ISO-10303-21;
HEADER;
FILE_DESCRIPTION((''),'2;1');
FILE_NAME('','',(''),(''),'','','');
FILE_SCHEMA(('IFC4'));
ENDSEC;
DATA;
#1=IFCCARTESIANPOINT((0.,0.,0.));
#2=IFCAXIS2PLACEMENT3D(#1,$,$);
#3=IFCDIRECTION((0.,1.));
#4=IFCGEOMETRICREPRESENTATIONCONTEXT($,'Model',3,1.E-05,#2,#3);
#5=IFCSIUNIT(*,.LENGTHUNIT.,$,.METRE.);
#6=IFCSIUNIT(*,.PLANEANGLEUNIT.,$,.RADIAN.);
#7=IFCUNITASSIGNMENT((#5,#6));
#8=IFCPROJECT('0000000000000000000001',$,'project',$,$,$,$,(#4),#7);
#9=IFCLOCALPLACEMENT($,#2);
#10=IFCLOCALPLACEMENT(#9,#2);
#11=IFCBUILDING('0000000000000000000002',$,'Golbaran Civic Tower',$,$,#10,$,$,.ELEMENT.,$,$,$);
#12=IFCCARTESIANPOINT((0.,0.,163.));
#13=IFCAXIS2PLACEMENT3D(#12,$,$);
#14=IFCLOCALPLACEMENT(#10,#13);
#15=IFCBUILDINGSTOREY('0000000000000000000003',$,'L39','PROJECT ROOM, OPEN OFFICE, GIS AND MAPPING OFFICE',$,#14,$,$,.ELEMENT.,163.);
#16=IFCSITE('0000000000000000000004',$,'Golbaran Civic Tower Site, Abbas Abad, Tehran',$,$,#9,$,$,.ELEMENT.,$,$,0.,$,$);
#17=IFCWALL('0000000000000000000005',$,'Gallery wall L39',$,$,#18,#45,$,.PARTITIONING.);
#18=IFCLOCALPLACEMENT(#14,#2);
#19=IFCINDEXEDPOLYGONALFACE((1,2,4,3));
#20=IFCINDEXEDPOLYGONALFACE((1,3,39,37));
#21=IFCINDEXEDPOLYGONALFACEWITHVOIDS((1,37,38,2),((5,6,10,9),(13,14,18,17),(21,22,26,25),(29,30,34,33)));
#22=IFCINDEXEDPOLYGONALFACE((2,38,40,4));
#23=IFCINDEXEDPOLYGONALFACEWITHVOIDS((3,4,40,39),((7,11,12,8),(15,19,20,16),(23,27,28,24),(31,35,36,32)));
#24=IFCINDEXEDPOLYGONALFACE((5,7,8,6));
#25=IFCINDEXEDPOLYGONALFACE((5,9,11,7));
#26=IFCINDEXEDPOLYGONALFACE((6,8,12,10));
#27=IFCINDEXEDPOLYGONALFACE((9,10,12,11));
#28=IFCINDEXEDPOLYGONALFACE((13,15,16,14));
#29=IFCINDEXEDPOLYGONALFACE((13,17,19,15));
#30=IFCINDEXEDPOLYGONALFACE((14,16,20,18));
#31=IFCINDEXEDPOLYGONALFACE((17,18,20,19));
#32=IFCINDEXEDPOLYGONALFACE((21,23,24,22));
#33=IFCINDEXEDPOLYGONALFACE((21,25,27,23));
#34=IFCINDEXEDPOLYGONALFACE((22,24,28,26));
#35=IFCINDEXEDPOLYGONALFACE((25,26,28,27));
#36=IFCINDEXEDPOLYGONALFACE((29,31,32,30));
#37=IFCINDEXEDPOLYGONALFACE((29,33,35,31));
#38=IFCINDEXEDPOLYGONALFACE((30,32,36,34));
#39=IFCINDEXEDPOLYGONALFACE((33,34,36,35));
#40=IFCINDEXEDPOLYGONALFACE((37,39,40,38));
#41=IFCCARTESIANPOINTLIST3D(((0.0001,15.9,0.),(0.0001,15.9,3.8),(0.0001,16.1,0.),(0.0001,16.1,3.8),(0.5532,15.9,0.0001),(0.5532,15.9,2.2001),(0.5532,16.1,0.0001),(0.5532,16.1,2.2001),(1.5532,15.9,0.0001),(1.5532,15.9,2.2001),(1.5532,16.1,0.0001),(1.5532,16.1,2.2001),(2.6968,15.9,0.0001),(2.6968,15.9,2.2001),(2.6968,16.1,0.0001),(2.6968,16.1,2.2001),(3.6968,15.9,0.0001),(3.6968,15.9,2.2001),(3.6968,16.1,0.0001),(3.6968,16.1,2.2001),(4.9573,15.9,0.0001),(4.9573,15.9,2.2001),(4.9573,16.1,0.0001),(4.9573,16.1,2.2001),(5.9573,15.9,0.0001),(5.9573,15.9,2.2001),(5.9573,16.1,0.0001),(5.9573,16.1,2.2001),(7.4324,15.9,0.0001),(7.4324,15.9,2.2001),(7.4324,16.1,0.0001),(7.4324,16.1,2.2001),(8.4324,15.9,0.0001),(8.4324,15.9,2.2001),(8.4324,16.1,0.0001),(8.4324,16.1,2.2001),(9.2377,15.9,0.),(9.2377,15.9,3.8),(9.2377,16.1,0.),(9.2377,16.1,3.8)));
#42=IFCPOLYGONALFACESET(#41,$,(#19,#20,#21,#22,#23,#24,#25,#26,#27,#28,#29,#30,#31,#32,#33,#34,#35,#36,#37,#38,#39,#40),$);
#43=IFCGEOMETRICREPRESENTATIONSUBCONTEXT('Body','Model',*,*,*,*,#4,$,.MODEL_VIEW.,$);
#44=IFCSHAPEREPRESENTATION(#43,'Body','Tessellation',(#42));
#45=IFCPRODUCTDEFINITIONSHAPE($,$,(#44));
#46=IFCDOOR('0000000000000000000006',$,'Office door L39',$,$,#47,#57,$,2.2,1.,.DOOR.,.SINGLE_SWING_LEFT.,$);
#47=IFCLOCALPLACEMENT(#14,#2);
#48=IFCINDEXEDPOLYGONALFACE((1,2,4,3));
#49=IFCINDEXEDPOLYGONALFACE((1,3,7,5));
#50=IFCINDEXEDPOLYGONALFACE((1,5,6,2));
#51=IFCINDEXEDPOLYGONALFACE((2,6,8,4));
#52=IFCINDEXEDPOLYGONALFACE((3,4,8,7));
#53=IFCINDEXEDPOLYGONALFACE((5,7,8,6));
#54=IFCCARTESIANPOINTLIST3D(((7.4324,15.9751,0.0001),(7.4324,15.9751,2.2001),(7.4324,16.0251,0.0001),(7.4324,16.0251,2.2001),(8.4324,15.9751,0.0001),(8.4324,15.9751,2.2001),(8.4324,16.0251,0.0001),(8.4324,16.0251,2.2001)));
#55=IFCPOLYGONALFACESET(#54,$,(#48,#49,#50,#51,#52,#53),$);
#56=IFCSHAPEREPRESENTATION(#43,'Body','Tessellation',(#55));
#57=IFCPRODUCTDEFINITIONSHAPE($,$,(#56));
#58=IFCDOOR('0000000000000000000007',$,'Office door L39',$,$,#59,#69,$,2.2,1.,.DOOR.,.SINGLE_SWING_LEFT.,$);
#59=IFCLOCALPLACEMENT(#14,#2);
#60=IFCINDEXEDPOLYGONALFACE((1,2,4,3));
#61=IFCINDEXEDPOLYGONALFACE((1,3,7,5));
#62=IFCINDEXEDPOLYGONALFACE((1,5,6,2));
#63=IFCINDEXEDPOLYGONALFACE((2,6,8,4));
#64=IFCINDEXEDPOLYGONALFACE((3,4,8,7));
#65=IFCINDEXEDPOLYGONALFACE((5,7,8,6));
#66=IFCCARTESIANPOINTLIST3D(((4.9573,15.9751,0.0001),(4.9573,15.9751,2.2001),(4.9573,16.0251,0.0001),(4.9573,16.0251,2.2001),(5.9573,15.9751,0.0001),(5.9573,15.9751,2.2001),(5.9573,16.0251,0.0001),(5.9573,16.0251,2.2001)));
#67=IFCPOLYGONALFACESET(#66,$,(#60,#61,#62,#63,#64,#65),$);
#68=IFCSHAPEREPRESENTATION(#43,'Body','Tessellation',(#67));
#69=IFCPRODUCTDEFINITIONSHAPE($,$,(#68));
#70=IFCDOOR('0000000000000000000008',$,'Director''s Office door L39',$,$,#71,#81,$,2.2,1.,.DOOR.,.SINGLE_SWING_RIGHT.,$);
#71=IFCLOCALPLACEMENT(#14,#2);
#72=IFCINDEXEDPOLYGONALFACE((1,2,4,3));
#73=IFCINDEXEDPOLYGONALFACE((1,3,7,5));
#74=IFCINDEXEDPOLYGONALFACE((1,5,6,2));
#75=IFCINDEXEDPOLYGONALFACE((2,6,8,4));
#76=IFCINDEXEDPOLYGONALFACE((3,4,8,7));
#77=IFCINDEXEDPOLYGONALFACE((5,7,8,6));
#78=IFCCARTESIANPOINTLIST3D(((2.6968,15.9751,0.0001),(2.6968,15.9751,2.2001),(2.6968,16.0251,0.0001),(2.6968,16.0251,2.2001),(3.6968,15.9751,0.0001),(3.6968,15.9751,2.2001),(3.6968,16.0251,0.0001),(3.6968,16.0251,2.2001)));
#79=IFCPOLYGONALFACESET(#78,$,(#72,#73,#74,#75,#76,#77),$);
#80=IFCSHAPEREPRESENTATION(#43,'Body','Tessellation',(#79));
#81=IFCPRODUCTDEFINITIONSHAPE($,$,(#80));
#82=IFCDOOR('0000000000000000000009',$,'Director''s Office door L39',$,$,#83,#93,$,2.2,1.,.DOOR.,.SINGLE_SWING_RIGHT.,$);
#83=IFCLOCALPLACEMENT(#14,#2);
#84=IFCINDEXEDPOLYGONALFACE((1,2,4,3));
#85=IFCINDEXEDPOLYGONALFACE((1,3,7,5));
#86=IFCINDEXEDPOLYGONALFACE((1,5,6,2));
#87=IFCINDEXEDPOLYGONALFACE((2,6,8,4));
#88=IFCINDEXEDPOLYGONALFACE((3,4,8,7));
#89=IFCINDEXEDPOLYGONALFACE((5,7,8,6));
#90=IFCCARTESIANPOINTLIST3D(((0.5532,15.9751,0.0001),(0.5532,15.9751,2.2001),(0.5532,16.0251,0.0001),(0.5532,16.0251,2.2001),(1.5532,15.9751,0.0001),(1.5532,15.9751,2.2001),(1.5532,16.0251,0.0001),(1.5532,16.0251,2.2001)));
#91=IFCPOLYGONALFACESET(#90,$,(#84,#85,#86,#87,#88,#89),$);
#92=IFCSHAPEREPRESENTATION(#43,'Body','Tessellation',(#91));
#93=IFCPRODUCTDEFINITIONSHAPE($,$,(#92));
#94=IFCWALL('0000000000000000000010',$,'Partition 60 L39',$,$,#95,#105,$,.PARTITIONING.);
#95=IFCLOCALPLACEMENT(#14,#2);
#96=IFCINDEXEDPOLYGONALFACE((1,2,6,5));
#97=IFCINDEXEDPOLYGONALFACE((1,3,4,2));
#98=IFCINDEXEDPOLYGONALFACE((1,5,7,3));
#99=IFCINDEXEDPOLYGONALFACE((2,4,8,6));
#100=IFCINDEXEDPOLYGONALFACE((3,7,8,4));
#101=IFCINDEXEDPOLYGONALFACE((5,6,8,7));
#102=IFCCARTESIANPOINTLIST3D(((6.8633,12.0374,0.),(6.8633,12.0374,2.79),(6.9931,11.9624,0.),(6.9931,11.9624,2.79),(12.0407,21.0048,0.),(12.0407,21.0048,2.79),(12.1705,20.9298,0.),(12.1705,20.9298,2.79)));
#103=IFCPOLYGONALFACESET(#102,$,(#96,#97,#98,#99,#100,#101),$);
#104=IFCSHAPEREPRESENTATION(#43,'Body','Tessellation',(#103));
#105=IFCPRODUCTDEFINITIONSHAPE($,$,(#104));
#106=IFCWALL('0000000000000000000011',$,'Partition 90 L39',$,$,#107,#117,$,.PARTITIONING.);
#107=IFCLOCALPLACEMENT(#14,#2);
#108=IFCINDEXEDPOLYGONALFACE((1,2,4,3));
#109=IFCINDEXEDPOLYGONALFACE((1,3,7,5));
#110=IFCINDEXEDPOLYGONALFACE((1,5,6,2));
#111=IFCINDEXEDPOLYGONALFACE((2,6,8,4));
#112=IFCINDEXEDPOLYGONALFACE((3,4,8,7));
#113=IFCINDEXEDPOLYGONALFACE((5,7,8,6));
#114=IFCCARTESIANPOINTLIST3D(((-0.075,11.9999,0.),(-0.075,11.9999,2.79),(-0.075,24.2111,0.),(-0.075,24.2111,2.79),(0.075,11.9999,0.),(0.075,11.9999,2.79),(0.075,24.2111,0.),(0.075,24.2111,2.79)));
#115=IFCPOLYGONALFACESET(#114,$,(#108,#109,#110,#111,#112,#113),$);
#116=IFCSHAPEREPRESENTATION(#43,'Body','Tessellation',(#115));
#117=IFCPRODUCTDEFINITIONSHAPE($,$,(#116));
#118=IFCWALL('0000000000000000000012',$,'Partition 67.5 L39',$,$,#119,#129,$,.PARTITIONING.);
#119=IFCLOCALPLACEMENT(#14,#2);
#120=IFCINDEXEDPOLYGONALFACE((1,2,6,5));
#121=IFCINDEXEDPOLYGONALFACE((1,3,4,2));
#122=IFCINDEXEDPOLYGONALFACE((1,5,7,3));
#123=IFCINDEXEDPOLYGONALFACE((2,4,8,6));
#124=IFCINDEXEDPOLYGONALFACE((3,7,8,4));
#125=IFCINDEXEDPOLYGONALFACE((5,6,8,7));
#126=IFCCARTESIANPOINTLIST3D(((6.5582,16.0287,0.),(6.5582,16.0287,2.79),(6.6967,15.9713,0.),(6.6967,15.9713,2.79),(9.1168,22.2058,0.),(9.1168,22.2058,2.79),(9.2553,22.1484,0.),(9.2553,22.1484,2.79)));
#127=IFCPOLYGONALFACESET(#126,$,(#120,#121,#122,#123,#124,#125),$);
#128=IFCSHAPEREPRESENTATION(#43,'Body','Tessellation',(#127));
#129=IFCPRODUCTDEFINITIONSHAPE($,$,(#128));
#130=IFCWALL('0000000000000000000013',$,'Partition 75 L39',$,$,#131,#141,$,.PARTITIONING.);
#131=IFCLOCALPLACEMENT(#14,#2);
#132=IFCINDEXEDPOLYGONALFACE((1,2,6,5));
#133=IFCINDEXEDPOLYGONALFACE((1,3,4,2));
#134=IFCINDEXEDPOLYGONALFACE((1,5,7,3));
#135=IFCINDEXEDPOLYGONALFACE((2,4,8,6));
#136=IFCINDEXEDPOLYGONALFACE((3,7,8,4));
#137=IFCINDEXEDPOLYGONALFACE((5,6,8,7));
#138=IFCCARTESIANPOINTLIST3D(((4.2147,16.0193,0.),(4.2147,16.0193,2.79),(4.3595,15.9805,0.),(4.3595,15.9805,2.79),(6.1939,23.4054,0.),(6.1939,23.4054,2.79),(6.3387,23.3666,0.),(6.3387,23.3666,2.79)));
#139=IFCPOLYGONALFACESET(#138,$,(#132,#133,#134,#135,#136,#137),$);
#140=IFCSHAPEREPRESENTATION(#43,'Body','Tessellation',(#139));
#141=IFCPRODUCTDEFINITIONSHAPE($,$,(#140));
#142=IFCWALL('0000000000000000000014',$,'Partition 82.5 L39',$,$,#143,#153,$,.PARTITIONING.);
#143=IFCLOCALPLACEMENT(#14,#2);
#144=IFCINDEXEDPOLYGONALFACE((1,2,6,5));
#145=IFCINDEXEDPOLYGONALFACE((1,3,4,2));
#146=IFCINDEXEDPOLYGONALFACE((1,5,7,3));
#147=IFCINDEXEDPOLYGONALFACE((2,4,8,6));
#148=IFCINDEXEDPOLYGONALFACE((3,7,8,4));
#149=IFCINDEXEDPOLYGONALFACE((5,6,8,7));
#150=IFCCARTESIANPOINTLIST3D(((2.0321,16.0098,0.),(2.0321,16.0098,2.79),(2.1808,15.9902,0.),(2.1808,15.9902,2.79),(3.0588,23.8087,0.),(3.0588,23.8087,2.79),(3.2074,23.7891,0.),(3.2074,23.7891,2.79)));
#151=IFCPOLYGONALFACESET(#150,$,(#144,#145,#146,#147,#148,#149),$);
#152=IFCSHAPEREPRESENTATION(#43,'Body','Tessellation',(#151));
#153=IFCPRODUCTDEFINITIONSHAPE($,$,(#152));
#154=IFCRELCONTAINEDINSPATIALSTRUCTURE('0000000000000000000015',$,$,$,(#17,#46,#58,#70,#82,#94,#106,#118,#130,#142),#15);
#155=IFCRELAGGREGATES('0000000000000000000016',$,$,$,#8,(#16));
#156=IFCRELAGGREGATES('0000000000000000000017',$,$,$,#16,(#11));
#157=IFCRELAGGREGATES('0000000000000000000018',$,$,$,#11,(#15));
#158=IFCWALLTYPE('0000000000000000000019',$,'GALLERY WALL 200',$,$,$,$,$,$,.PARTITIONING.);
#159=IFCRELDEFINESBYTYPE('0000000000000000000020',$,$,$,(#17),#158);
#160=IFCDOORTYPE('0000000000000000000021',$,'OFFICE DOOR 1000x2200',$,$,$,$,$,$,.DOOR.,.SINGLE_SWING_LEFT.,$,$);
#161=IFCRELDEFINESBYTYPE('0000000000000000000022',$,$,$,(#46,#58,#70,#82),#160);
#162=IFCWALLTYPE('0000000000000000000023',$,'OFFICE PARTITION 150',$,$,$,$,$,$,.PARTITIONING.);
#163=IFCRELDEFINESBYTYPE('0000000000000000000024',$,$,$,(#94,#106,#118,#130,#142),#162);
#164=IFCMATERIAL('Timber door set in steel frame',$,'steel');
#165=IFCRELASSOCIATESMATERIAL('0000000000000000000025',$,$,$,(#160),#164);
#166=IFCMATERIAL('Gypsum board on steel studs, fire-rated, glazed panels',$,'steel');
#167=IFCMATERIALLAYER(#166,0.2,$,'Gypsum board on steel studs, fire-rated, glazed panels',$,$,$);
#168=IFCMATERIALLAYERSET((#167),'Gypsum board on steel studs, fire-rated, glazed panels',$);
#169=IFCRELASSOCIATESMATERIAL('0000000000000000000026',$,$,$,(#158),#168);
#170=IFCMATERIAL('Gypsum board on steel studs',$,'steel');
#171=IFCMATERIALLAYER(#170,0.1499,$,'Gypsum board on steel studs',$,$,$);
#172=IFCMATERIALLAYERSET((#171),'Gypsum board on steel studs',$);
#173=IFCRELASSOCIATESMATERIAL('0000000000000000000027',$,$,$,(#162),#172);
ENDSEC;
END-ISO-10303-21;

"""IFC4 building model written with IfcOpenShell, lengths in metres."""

from ifc_helpers import new_model, si_unit, direction, frame, frame_2d, origin, place, context, subcontext, project, spatial, rectangle, extrude, material, layer, layer_set, type_object, element, fill, save


model = new_model("IFC4")

# Units and contexts
model_context = context("Model", 3, precision=1e-05, world=origin(), true_north=direction((0.0, 1.0)))
body_context = subcontext(model_context, "Body", "Model", "MODEL_VIEW")
ifc_project = project(units=[si_unit("LENGTHUNIT", "METRE"), si_unit("PLANEANGLEUNIT", "RADIAN")], contexts=[model_context])

# Site, building, storey
site_placement = place(None, origin())
site = spatial("IfcSite", under=ifc_project, at=site_placement, Name="Golbaran Civic Tower Site, Abbas Abad, Tehran", CompositionType="ELEMENT", RefElevation=0.0)
building_placement = place(site_placement, origin())
building = spatial("IfcBuilding", under=site, at=building_placement, Name="Golbaran Civic Tower", CompositionType="ELEMENT")
storey_placement = place(building_placement, frame((0.0, 0.0, 163.0)))
storey = spatial("IfcBuildingStorey", under=building, at=storey_placement, Name="L39", Description="PROJECT ROOM, OPEN OFFICE, GIS AND MAPPING OFFICE", CompositionType="ELEMENT", Elevation=163.0)

# Shared definitions
ifc_material_1 = material(Name="Timber door set in steel frame", Category="steel")
door_type = type_object("IfcDoorType", Name="OFFICE DOOR 1000x2200", OperationType="SINGLE_SWING_LEFT", PredefinedType="DOOR", material=ifc_material_1)

# Wall, openings, doors
ifc_material_2 = material(Name="Gypsum board on steel studs, fire-rated, glazed panels", Category="steel")
ifc_layer_1 = layer(ifc_material_2, 0.2, Name="Gypsum board on steel studs, fire-rated, glazed panels")
ifc_layer_set_1 = layer_set([ifc_layer_1], Name="Gypsum board on steel studs, fire-rated, glazed panels")
wall_type_1 = type_object("IfcWallType", Name="GALLERY WALL 200", PredefinedType="PARTITIONING", material=ifc_layer_set_1)
wall_1_placement = place(storey_placement, frame((9.2375, 16.0, 0.0), z_axis=(0.0, 0.0, 1.0), x_axis=(-1.0, 0.0, 0.0)))
wall_1 = element("IfcWall", 1, at=wall_1_placement, inside=storey, type_object=wall_type_1, Name="Gallery wall L39", PredefinedType="PARTITIONING", context=body_context, shape_type="SweptSolid", body=[
    extrude(rectangle(XDim=9.2375, YDim=0.2, at=frame_2d((4.6187, 0.0))), origin(), (0.0, 0.0, 1.0), 3.8),
])
opening_1_placement = place(wall_1_placement, frame((0.8052, 0.0, 0.0)))
opening_1 = element("IfcOpeningElement", 2, at=opening_1_placement, cuts=wall_1, PredefinedType="OPENING", context=body_context, shape_type="SweptSolid", body=[
    extrude(rectangle(XDim=1.0, YDim=2.2, at=frame_2d((0.5, 1.1001))), frame((0.0, 0.1099, 0.0), z_axis=(0.0, -1.0, 0.0), x_axis=(1.0, 0.0, 0.0)), (0.0, 0.0, 1.0), 0.22),
])
opening_2_placement = place(wall_1_placement, frame((3.2803, 0.0, 0.0)))
opening_2 = element("IfcOpeningElement", 3, at=opening_2_placement, cuts=wall_1, PredefinedType="OPENING", context=body_context, shape_type="SweptSolid", body=[
    extrude(rectangle(XDim=1.0, YDim=2.2, at=frame_2d((0.5, 1.1001))), frame((0.0, 0.1099, 0.0), z_axis=(0.0, -1.0, 0.0), x_axis=(1.0, 0.0, 0.0)), (0.0, 0.0, 1.0), 0.22),
])
opening_3_placement = place(wall_1_placement, frame((5.5408, 0.0, 0.0)))
opening_3 = element("IfcOpeningElement", 4, at=opening_3_placement, cuts=wall_1, PredefinedType="OPENING", context=body_context, shape_type="SweptSolid", body=[
    extrude(rectangle(XDim=1.0, YDim=2.2, at=frame_2d((0.5, 1.1001))), frame((0.0, 0.1099, 0.0), z_axis=(0.0, -1.0, 0.0), x_axis=(1.0, 0.0, 0.0)), (0.0, 0.0, 1.0), 0.22),
])
opening_4_placement = place(wall_1_placement, frame((7.6843, 0.0, 0.0)))
opening_4 = element("IfcOpeningElement", 5, at=opening_4_placement, cuts=wall_1, PredefinedType="OPENING", context=body_context, shape_type="SweptSolid", body=[
    extrude(rectangle(XDim=1.0, YDim=2.2, at=frame_2d((0.5, 1.1001))), frame((0.0, 0.1099, 0.0), z_axis=(0.0, -1.0, 0.0), x_axis=(1.0, 0.0, 0.0)), (0.0, 0.0, 1.0), 0.22),
])
door_1_placement = place(opening_1_placement, origin())
door_1 = element("IfcDoor", 6, at=door_1_placement, inside=storey, type_object=door_type, Name="Office door L39", OperationType="SINGLE_SWING_LEFT", OverallHeight=2.2, OverallWidth=1.0, PredefinedType="DOOR", context=body_context, shape_type="SweptSolid", body=[
    extrude(rectangle(XDim=1.0, YDim=2.2, at=frame_2d((0.5, 1.1001))), frame((0.0, 0.0249, 0.0), z_axis=(0.0, -1.0, 0.0), x_axis=(1.0, 0.0, 0.0)), (0.0, 0.0, 1.0), 0.05),
])
fill(opening_1, door_1)
door_2_placement = place(opening_2_placement, origin())
door_2 = element("IfcDoor", 7, at=door_2_placement, inside=storey, type_object=door_type, Name="Office door L39", OperationType="SINGLE_SWING_LEFT", OverallHeight=2.2, OverallWidth=1.0, PredefinedType="DOOR", context=body_context, shape_type="SweptSolid", body=[
    extrude(rectangle(XDim=1.0, YDim=2.2, at=frame_2d((0.5, 1.1001))), frame((0.0, 0.0249, 0.0), z_axis=(0.0, -1.0, 0.0), x_axis=(1.0, 0.0, 0.0)), (0.0, 0.0, 1.0), 0.05),
])
fill(opening_2, door_2)
door_3_placement = place(opening_3_placement, origin())
door_3 = element("IfcDoor", 8, at=door_3_placement, inside=storey, type_object=door_type, Name="Director's Office door L39", OperationType="SINGLE_SWING_RIGHT", OverallHeight=2.2, OverallWidth=1.0, PredefinedType="DOOR", context=body_context, shape_type="SweptSolid", body=[
    extrude(rectangle(XDim=1.0, YDim=2.2, at=frame_2d((0.5, 1.1001))), frame((0.0, 0.0249, 0.0), z_axis=(0.0, -1.0, 0.0), x_axis=(1.0, 0.0, 0.0)), (0.0, 0.0, 1.0), 0.05),
])
fill(opening_3, door_3)
door_4_placement = place(opening_4_placement, origin())
door_4 = element("IfcDoor", 9, at=door_4_placement, inside=storey, type_object=door_type, Name="Director's Office door L39", OperationType="SINGLE_SWING_RIGHT", OverallHeight=2.2, OverallWidth=1.0, PredefinedType="DOOR", context=body_context, shape_type="SweptSolid", body=[
    extrude(rectangle(XDim=1.0, YDim=2.2, at=frame_2d((0.5, 1.1001))), frame((0.0, 0.0249, 0.0), z_axis=(0.0, -1.0, 0.0), x_axis=(1.0, 0.0, 0.0)), (0.0, 0.0, 1.0), 0.05),
])
fill(opening_4, door_4)

# Walls
ifc_material_3 = material(Name="Gypsum board on steel studs", Category="steel")
ifc_layer_2 = layer(ifc_material_3, 0.1499, Name="Gypsum board on steel studs")
ifc_layer_set_2 = layer_set([ifc_layer_2], Name="Gypsum board on steel studs")
wall_type_2 = type_object("IfcWallType", Name="OFFICE PARTITION 150", PredefinedType="PARTITIONING", material=ifc_layer_set_2)
wall_2_placement = place(storey_placement, frame((6.9282, 12.0, 0.0), z_axis=(0.0, 0.0, 1.0), x_axis=(0.500006, 0.866022, 0.0)))
element("IfcWall", 10, at=wall_2_placement, inside=storey, type_object=wall_type_2, Name="Partition 60 L39", PredefinedType="PARTITIONING", context=body_context, shape_type="SweptSolid", body=[
    extrude(rectangle(XDim=10.3547, YDim=0.1499, at=frame_2d((5.1772, 0.0))), origin(), (0.0, 0.0, 1.0), 2.79),
])
wall_3_placement = place(storey_placement, frame((0.0, 12.0, 0.0), z_axis=(0.0, 0.0, 1.0), x_axis=(0.0, 1.0, 0.0)))
element("IfcWall", 11, at=wall_3_placement, inside=storey, type_object=wall_type_2, Name="Partition 90 L39", PredefinedType="PARTITIONING", context=body_context, shape_type="SweptSolid", body=[
    extrude(rectangle(XDim=12.2112, YDim=0.1499, at=frame_2d((6.1055, 0.0))), origin(), (0.0, 0.0, 1.0), 2.79),
])
wall_4_placement = place(storey_placement, frame((6.6274, 16.0, 0.0), z_axis=(0.0, 0.0, 1.0), x_axis=(0.382683, 0.92388, 0.0)))
element("IfcWall", 12, at=wall_4_placement, inside=storey, type_object=wall_type_2, Name="Partition 67.5 L39", PredefinedType="PARTITIONING", context=body_context, shape_type="SweptSolid", body=[
    extrude(rectangle(XDim=6.686, YDim=0.1499, at=frame_2d((3.343, 0.0))), origin(), (0.0, 0.0, 1.0), 2.79),
])
wall_5_placement = place(storey_placement, frame((4.2871, 16.0, 0.0), z_axis=(0.0, 0.0, 1.0), x_axis=(0.258833, 0.965922, 0.0)))
element("IfcWall", 13, at=wall_5_placement, inside=storey, type_object=wall_type_2, Name="Partition 75 L39", PredefinedType="PARTITIONING", context=body_context, shape_type="SweptSolid", body=[
    extrude(rectangle(XDim=7.6467, YDim=0.1499, at=frame_2d((3.8232, 0.0))), origin(), (0.0, 0.0, 1.0), 2.79),
])
wall_6_placement = place(storey_placement, frame((2.1064, 16.0, 0.0), z_axis=(0.0, 0.0, 1.0), x_axis=(0.130511, 0.991447, 0.0)))
element("IfcWall", 14, at=wall_6_placement, inside=storey, type_object=wall_type_2, Name="Partition 82.5 L39", PredefinedType="PARTITIONING", context=body_context, shape_type="SweptSolid", body=[
    extrude(rectangle(XDim=7.8662, YDim=0.1499, at=frame_2d((3.9331, 0.0))), origin(), (0.0, 0.0, 1.0), 2.79),
])

save(model, "model.ifc")
